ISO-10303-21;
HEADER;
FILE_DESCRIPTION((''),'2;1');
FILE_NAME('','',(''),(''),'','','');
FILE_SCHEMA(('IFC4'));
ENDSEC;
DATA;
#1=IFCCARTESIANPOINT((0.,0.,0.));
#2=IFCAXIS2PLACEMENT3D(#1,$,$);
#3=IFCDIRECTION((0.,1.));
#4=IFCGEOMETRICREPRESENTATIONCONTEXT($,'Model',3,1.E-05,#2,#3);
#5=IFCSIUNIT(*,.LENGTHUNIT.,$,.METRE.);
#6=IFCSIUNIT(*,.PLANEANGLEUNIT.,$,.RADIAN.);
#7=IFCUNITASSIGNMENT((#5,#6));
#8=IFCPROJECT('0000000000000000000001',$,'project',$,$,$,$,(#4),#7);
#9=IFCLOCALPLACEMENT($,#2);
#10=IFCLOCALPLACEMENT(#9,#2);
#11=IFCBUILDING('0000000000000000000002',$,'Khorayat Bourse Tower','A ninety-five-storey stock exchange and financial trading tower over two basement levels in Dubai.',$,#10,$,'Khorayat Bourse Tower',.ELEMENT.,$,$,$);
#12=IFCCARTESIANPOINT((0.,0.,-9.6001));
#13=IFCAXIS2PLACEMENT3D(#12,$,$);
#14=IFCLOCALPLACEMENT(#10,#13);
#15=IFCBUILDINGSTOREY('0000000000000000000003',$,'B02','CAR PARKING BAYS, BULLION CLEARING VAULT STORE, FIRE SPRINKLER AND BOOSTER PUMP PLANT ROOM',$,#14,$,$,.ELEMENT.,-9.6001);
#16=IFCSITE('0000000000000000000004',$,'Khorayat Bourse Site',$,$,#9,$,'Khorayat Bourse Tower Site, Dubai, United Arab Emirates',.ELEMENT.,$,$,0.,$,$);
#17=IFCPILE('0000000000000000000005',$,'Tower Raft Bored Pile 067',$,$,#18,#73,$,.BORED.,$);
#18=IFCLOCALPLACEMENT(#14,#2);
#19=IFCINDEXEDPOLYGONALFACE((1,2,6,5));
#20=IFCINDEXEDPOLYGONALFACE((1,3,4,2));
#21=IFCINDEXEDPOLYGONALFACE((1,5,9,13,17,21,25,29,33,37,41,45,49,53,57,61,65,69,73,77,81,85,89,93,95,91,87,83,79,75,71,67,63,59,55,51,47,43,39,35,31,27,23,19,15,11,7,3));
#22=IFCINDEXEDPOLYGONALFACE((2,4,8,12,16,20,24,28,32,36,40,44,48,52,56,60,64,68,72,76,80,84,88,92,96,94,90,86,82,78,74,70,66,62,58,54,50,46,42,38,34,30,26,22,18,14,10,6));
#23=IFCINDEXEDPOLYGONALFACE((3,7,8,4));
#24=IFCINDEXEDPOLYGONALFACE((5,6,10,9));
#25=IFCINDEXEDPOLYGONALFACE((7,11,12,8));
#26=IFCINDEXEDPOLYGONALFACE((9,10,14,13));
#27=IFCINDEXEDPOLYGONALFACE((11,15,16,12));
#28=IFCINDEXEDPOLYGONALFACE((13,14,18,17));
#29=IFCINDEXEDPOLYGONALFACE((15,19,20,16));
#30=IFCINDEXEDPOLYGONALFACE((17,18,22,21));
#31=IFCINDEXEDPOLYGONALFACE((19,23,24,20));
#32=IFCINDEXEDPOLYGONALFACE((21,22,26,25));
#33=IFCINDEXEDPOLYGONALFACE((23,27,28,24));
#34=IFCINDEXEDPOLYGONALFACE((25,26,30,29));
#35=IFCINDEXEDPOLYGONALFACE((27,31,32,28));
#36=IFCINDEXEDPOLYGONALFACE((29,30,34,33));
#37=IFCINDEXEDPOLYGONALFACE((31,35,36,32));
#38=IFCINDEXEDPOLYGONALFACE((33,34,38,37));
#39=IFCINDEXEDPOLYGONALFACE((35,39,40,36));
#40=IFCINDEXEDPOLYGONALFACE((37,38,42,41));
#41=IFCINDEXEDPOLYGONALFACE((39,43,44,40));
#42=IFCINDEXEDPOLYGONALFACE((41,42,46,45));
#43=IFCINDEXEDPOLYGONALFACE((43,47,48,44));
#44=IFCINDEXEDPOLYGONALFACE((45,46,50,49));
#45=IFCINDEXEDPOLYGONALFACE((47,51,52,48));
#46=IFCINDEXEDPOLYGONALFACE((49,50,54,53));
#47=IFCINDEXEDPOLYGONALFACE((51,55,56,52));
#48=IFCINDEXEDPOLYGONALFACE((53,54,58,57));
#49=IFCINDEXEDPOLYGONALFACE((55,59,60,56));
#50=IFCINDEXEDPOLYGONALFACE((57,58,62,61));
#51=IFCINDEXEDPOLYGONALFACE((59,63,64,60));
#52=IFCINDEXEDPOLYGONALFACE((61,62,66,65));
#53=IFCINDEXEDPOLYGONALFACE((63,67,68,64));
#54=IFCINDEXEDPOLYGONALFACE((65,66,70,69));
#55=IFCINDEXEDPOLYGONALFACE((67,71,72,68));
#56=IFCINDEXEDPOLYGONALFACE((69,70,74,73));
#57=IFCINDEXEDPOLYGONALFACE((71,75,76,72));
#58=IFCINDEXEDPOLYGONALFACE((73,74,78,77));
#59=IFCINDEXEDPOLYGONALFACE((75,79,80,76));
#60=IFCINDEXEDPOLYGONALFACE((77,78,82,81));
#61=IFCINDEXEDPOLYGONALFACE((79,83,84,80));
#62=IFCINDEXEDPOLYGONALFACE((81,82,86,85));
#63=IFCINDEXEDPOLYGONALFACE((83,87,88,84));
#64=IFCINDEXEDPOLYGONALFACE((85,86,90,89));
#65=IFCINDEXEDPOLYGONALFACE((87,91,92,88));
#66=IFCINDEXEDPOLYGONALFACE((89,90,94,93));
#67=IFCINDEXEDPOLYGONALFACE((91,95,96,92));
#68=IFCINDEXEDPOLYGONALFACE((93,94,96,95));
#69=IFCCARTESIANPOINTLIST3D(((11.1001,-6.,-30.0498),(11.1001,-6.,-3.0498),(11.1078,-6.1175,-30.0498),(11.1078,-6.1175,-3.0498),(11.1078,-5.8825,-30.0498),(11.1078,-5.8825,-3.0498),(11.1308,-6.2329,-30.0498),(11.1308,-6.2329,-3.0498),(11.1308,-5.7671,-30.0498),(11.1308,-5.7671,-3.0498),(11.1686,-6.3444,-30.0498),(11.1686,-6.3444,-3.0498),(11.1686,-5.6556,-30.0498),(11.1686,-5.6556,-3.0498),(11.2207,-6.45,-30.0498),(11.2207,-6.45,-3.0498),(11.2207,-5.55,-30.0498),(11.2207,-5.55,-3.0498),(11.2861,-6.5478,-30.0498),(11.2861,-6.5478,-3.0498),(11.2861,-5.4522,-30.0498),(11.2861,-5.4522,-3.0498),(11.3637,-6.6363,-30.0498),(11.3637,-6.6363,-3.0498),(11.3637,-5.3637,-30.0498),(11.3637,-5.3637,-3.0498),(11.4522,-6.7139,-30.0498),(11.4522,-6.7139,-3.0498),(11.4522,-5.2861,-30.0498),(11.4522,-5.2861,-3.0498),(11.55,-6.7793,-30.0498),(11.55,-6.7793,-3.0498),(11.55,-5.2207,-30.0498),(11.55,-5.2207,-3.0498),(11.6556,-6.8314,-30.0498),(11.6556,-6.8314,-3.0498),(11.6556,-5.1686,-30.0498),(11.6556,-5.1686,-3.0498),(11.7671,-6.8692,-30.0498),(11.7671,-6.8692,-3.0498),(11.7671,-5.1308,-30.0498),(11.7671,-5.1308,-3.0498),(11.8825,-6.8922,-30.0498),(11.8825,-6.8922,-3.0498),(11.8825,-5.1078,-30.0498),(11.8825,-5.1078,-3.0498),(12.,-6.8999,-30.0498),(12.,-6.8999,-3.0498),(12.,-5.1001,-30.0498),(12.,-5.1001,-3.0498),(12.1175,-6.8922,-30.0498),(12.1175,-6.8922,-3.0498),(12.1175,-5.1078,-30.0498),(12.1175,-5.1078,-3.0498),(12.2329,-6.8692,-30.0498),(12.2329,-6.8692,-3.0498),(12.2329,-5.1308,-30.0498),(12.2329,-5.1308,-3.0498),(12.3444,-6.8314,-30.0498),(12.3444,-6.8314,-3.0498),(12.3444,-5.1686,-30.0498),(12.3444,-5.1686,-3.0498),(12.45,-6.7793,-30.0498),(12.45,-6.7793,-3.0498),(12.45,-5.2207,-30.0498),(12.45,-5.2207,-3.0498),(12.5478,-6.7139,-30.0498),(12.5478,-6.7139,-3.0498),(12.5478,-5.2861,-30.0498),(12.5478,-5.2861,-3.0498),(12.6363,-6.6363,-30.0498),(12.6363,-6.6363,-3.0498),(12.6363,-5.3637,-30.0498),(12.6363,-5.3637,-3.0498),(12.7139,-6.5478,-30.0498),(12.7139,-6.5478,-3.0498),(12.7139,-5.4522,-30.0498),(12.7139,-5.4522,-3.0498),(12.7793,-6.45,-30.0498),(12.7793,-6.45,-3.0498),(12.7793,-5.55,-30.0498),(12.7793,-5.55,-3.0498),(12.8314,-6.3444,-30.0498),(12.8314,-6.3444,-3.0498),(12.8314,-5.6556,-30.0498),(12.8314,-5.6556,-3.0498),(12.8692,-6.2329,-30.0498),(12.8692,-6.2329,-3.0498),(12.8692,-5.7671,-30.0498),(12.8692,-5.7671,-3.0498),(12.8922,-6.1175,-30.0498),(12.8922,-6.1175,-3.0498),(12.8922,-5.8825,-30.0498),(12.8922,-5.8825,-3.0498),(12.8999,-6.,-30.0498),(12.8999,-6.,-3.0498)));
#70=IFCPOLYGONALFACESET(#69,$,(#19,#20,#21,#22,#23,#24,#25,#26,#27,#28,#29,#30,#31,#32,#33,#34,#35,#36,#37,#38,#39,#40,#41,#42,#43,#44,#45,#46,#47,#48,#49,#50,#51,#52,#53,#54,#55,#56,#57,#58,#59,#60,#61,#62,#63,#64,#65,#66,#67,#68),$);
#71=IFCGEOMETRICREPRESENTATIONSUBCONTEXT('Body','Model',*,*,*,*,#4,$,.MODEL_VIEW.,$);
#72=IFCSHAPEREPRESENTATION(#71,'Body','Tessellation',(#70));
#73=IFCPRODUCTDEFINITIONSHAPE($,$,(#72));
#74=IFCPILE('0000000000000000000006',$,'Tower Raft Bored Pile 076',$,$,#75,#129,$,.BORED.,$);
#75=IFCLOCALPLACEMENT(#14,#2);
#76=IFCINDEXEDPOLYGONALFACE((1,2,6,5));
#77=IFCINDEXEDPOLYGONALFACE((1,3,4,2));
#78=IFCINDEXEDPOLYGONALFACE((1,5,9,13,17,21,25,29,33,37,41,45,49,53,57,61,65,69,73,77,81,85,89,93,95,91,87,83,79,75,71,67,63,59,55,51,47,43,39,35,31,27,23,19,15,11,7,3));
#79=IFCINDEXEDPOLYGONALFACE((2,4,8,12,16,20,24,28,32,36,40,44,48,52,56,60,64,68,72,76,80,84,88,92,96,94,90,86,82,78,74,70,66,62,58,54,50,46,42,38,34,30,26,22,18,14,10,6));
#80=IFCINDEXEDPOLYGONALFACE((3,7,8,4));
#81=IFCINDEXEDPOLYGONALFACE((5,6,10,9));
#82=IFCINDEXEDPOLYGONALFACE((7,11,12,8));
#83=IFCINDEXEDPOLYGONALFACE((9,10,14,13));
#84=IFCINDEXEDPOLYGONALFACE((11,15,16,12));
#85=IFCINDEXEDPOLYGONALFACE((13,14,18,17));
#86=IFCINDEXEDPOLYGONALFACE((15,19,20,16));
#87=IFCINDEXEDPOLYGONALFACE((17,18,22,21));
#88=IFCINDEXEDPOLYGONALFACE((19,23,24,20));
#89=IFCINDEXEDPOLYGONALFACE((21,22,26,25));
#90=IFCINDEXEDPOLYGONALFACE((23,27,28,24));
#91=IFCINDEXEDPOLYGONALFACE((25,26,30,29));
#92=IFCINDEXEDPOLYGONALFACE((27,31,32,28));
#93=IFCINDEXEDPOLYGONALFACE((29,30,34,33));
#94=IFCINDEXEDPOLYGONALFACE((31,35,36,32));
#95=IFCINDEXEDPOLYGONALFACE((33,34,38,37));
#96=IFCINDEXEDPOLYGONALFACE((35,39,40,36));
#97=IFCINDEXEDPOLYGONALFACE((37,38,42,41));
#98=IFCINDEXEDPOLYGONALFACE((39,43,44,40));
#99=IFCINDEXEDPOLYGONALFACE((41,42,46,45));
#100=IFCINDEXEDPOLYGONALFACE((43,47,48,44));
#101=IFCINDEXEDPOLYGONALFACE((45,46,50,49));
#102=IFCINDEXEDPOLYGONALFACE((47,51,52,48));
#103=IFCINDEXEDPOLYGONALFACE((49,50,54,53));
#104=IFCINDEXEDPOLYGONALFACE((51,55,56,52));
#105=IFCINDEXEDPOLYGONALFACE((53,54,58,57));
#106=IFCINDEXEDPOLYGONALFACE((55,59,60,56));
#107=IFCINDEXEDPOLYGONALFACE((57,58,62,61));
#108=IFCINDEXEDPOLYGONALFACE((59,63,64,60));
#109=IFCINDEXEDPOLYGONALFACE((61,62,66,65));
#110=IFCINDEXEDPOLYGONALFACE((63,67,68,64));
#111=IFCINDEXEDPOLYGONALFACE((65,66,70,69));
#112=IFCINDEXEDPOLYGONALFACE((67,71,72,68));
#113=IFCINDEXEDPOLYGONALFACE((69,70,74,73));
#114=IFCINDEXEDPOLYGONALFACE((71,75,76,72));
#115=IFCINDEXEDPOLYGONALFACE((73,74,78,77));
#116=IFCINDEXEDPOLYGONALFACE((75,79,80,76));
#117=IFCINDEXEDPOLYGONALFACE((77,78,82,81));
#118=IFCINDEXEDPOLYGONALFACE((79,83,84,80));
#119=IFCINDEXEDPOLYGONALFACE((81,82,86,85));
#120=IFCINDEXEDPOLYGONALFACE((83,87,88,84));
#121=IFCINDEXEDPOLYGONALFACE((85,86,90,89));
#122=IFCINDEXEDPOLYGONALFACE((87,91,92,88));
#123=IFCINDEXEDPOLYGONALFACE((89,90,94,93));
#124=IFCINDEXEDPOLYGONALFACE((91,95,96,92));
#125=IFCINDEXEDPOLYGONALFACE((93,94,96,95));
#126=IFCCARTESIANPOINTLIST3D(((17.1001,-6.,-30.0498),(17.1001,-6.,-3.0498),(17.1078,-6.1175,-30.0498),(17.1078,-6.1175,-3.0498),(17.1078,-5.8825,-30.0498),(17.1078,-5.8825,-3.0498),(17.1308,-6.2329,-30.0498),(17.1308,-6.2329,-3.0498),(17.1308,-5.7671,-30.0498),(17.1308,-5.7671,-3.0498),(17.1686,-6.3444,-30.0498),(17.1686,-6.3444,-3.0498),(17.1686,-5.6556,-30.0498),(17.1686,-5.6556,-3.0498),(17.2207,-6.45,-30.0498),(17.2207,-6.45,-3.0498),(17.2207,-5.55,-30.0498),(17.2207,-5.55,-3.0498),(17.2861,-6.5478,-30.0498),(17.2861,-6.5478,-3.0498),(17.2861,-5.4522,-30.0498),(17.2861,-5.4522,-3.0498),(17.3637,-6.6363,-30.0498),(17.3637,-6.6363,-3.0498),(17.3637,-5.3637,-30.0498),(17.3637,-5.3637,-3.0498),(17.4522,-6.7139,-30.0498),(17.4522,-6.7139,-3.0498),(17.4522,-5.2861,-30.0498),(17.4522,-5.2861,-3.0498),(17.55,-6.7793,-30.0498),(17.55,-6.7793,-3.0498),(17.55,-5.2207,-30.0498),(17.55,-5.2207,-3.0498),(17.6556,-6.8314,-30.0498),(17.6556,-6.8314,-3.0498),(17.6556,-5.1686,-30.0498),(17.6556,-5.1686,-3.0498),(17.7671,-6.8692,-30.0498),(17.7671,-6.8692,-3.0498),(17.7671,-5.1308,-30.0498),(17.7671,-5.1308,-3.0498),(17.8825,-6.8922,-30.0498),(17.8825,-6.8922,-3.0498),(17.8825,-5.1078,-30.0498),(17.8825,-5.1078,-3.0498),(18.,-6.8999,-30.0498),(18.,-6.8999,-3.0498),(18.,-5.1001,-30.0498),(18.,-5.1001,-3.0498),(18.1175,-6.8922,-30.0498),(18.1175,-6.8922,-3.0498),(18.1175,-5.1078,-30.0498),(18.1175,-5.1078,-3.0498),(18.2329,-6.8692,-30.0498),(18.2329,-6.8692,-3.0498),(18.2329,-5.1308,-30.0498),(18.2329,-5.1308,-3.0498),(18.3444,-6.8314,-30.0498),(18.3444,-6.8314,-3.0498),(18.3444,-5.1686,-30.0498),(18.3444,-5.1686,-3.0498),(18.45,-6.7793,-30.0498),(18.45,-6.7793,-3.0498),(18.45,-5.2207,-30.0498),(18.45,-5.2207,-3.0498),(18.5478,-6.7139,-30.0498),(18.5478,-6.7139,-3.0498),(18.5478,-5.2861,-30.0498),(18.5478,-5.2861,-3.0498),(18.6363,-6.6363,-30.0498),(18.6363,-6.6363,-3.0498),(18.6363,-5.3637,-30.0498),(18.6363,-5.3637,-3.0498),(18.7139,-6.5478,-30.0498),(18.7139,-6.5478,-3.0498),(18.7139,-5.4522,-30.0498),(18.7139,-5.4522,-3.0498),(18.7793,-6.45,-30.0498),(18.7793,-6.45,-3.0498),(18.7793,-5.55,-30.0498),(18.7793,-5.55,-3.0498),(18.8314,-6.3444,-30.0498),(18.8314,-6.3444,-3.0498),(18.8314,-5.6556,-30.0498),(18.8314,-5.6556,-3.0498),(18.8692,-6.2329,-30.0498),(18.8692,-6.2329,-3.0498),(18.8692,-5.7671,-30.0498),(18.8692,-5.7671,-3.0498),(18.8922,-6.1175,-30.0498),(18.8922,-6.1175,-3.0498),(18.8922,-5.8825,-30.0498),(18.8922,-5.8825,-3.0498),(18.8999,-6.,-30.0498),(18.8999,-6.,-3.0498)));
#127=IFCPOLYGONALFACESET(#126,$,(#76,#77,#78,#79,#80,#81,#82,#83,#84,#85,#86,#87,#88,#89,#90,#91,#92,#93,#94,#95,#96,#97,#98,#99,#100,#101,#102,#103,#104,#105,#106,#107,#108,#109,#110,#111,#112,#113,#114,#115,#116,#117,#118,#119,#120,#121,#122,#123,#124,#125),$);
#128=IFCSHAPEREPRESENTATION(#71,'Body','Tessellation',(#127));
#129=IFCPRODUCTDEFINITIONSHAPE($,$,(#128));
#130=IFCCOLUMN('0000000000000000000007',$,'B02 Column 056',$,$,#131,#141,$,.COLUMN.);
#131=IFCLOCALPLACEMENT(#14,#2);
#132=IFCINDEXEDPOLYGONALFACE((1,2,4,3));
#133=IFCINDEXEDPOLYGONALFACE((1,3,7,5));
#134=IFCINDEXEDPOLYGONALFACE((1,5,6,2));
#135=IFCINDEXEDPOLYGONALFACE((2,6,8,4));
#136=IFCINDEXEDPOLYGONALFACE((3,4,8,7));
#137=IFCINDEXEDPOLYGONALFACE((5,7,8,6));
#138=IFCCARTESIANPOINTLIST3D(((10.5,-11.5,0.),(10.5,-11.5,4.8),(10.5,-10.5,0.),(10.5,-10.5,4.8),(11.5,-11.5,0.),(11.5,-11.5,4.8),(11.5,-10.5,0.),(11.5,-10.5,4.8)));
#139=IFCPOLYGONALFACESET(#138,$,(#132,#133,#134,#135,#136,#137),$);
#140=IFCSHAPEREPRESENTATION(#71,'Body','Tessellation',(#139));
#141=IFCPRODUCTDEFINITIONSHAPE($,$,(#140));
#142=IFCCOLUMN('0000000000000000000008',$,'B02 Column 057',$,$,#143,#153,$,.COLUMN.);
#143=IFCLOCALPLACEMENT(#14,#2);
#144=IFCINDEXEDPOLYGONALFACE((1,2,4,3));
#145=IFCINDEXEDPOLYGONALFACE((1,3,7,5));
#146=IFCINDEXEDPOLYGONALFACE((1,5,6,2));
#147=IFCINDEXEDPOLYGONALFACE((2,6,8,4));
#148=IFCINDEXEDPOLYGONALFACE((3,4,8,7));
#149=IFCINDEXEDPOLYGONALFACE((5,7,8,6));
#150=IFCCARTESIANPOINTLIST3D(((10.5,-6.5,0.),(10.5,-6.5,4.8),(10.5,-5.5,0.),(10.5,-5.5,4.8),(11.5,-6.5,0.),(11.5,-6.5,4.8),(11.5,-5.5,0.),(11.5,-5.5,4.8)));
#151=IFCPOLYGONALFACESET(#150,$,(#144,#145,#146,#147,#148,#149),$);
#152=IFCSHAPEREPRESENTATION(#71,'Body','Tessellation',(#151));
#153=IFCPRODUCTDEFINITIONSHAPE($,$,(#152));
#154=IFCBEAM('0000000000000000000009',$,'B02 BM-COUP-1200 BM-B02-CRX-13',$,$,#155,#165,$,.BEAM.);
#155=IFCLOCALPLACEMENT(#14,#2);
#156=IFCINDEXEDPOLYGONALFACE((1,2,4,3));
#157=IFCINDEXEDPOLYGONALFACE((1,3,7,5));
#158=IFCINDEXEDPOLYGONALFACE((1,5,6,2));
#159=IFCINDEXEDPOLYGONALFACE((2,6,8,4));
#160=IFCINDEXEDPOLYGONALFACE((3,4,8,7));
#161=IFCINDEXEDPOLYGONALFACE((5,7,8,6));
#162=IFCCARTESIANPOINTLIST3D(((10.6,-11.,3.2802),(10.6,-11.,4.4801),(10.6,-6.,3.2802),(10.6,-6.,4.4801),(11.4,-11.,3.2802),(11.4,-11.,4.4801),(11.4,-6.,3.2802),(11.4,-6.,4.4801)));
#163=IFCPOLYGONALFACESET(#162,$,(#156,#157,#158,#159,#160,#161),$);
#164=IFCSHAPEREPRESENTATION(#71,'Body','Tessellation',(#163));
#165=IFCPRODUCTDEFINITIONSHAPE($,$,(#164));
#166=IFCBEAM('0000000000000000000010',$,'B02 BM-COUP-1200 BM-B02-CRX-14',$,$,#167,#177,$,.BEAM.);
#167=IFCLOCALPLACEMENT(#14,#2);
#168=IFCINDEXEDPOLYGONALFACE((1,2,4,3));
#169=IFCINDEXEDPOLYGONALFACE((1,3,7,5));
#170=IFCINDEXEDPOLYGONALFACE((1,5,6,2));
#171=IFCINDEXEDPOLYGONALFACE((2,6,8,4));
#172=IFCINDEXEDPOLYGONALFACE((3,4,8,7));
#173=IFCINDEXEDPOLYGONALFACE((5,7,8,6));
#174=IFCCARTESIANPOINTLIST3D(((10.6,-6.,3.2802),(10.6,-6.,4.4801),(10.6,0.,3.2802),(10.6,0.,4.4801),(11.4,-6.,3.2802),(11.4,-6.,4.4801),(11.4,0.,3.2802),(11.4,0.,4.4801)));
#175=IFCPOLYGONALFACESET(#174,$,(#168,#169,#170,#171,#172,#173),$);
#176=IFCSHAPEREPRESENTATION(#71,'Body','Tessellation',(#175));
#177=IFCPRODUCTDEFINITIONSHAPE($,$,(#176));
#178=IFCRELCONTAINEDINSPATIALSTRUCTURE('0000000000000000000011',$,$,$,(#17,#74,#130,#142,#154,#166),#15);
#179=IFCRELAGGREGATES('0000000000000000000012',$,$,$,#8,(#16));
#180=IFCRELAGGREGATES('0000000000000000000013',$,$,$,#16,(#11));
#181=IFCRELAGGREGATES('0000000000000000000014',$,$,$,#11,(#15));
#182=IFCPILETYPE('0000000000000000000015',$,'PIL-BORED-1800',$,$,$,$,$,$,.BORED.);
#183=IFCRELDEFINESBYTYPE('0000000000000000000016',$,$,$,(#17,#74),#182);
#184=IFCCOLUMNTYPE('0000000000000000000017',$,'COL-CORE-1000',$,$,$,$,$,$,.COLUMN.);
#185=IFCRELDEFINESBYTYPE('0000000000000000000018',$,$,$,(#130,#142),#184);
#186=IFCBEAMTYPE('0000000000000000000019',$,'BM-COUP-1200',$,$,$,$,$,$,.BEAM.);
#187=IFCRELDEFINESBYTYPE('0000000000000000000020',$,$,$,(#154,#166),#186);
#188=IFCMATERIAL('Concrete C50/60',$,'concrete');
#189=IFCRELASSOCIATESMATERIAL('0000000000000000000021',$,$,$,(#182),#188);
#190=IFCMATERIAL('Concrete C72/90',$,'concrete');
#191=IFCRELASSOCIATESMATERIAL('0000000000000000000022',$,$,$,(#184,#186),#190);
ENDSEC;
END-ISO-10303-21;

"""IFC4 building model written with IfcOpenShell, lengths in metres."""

from ifc_helpers import new_model, si_unit, direction, frame, origin, origin_2d, place, context, subcontext, project, spatial, rectangle, circle, extrude, source, transform, mapped, material, material_profile, profile_set, type_object, element, save


model = new_model("IFC4")

# Units and contexts
model_context = context("Model", 3, precision=1e-05, world=origin(), true_north=direction((0.0, 1.0)))
body_context = subcontext(model_context, "Body", "Model", "MODEL_VIEW")
ifc_project = project(units=[si_unit("LENGTHUNIT", "METRE"), si_unit("PLANEANGLEUNIT", "RADIAN")], contexts=[model_context])

# Site, building, storey
site_placement = place(None, origin())
site = spatial("IfcSite", under=ifc_project, at=site_placement, Name="Khorayat Bourse Site", LongName="Khorayat Bourse Tower Site, Dubai, United Arab Emirates", CompositionType="ELEMENT", RefElevation=0.0)
building_placement = place(site_placement, origin())
building = spatial("IfcBuilding", under=site, at=building_placement, Name="Khorayat Bourse Tower", Description="A ninety-five-storey stock exchange and financial trading tower over two basement levels in Dubai.", LongName="Khorayat Bourse Tower", CompositionType="ELEMENT")
storey_placement = place(building_placement, frame((0.0, 0.0, -9.6001)))
storey = spatial("IfcBuildingStorey", under=building, at=storey_placement, Name="B02", Description="CAR PARKING BAYS, BULLION CLEARING VAULT STORE, FIRE SPRINKLER AND BOOSTER PUMP PLANT ROOM", CompositionType="ELEMENT", Elevation=-9.6001)

# Piles
ifc_material_1 = material(Name="Concrete C50/60", Category="concrete")
ifc_material_profile_1 = material_profile(ifc_material_1, circle(Radius=0.8999, at=origin_2d()), Name="BORED PILE D1800")
ifc_profile_set_1 = profile_set([ifc_material_profile_1], Name="Concrete C50/60")
pile_type = type_object("IfcPileType", Name="PIL-BORED-1800", PredefinedType="BORED", material=ifc_profile_set_1)
shared_shape_1 = source(origin(), body_context, "Body", "SweptSolid", [
    extrude(circle(Radius=0.8999, at=origin_2d()), origin(), (0.0, 0.0, 1.0), 27.0),
])
for number, where, z_axis, x_axis, name in (
    (1, (12.0, -6.0, -3.0498), (0.0, 0.0, -1.0), (1.0, 0.0, 0.0), "Tower Raft Bored Pile 067"),
    (2, (18.0, -6.0, -3.0498), (0.0, 0.0, -1.0), (1.0, 0.0, 0.0), "Tower Raft Bored Pile 076"),
):
    element("IfcPile", number, at=place(storey_placement, frame(where, z_axis=z_axis, x_axis=x_axis)), inside=storey, type_object=pile_type, Name=name, PredefinedType="BORED", context=body_context, shape_type="MappedRepresentation", body=[
        mapped(shared_shape_1, transform((0.0, 0.0, 0.0), scale=1.0)),
    ])

# Columns
ifc_material_2 = material(Name="Concrete C72/90", Category="concrete")
ifc_material_profile_2 = material_profile(ifc_material_2, rectangle(XDim=1.0, YDim=1.0, at=origin_2d()), Name="RC 1000x1000")
ifc_profile_set_2 = profile_set([ifc_material_profile_2], Name="Concrete C72/90")
column_type = type_object("IfcColumnType", Name="COL-CORE-1000", PredefinedType="COLUMN", material=ifc_profile_set_2)
shared_shape_2 = source(origin(), body_context, "Body", "SweptSolid", [
    extrude(rectangle(XDim=1.0, YDim=1.0, at=origin_2d()), origin(), (0.0, 0.0, 1.0), 4.8),
])
for number, where, z_axis, x_axis, name in (
    (3, (11.0, -11.0, 0.0), (0.0, 0.0, 1.0), (1.0, 0.0, 0.0), "B02 Column 056"),
    (4, (11.0, -6.0, 0.0), (0.0, 0.0, 1.0), (1.0, 0.0, 0.0), "B02 Column 057"),
):
    element("IfcColumn", number, at=place(storey_placement, frame(where, z_axis=z_axis, x_axis=x_axis)), inside=storey, type_object=column_type, Name=name, PredefinedType="COLUMN", context=body_context, shape_type="MappedRepresentation", body=[
        mapped(shared_shape_2, transform((0.0, 0.0, 0.0), scale=1.0)),
    ])

# Beams
ifc_material_profile_3 = material_profile(ifc_material_2, rectangle(XDim=0.8, YDim=1.2, at=origin_2d()), Name="RC 800x1200")
ifc_profile_set_3 = profile_set([ifc_material_profile_3], Name="Concrete C72/90")
beam_type_1 = type_object("IfcBeamType", Name="BM-COUP-1200", PredefinedType="BEAM", material=ifc_profile_set_3)
shared_shape_3 = source(origin(), body_context, "Body", "SweptSolid", [
    extrude(rectangle(XDim=0.8, YDim=1.2, at=origin_2d()), origin(), (0.0, 0.0, 1.0), 5.0),
])
beam_1_placement = place(storey_placement, frame((11.0, -11.0, 3.8801), z_axis=(0.0, 1.0, 0.0), x_axis=(-1.0, 0.0, 0.0)))
element("IfcBeam", 5, at=beam_1_placement, inside=storey, type_object=beam_type_1, Name="B02 BM-COUP-1200 BM-B02-CRX-13", PredefinedType="BEAM", context=body_context, shape_type="MappedRepresentation", body=[
    mapped(shared_shape_3, transform((0.0, 0.0, 0.0), scale=1.0)),
])
shared_shape_4 = source(origin(), body_context, "Body", "SweptSolid", [
    extrude(rectangle(XDim=0.8, YDim=1.2, at=origin_2d()), origin(), (0.0, 0.0, 1.0), 6.0),
])
beam_2_placement = place(storey_placement, frame((11.0, -6.0, 3.8801), z_axis=(0.0, 1.0, 0.0), x_axis=(-1.0, 0.0, 0.0)))
element("IfcBeam", 6, at=beam_2_placement, inside=storey, type_object=beam_type_1, Name="B02 BM-COUP-1200 BM-B02-CRX-14", PredefinedType="BEAM", context=body_context, shape_type="MappedRepresentation", body=[
    mapped(shared_shape_4, transform((0.0, 0.0, 0.0), scale=1.0)),
])

save(model, "model.ifc")
